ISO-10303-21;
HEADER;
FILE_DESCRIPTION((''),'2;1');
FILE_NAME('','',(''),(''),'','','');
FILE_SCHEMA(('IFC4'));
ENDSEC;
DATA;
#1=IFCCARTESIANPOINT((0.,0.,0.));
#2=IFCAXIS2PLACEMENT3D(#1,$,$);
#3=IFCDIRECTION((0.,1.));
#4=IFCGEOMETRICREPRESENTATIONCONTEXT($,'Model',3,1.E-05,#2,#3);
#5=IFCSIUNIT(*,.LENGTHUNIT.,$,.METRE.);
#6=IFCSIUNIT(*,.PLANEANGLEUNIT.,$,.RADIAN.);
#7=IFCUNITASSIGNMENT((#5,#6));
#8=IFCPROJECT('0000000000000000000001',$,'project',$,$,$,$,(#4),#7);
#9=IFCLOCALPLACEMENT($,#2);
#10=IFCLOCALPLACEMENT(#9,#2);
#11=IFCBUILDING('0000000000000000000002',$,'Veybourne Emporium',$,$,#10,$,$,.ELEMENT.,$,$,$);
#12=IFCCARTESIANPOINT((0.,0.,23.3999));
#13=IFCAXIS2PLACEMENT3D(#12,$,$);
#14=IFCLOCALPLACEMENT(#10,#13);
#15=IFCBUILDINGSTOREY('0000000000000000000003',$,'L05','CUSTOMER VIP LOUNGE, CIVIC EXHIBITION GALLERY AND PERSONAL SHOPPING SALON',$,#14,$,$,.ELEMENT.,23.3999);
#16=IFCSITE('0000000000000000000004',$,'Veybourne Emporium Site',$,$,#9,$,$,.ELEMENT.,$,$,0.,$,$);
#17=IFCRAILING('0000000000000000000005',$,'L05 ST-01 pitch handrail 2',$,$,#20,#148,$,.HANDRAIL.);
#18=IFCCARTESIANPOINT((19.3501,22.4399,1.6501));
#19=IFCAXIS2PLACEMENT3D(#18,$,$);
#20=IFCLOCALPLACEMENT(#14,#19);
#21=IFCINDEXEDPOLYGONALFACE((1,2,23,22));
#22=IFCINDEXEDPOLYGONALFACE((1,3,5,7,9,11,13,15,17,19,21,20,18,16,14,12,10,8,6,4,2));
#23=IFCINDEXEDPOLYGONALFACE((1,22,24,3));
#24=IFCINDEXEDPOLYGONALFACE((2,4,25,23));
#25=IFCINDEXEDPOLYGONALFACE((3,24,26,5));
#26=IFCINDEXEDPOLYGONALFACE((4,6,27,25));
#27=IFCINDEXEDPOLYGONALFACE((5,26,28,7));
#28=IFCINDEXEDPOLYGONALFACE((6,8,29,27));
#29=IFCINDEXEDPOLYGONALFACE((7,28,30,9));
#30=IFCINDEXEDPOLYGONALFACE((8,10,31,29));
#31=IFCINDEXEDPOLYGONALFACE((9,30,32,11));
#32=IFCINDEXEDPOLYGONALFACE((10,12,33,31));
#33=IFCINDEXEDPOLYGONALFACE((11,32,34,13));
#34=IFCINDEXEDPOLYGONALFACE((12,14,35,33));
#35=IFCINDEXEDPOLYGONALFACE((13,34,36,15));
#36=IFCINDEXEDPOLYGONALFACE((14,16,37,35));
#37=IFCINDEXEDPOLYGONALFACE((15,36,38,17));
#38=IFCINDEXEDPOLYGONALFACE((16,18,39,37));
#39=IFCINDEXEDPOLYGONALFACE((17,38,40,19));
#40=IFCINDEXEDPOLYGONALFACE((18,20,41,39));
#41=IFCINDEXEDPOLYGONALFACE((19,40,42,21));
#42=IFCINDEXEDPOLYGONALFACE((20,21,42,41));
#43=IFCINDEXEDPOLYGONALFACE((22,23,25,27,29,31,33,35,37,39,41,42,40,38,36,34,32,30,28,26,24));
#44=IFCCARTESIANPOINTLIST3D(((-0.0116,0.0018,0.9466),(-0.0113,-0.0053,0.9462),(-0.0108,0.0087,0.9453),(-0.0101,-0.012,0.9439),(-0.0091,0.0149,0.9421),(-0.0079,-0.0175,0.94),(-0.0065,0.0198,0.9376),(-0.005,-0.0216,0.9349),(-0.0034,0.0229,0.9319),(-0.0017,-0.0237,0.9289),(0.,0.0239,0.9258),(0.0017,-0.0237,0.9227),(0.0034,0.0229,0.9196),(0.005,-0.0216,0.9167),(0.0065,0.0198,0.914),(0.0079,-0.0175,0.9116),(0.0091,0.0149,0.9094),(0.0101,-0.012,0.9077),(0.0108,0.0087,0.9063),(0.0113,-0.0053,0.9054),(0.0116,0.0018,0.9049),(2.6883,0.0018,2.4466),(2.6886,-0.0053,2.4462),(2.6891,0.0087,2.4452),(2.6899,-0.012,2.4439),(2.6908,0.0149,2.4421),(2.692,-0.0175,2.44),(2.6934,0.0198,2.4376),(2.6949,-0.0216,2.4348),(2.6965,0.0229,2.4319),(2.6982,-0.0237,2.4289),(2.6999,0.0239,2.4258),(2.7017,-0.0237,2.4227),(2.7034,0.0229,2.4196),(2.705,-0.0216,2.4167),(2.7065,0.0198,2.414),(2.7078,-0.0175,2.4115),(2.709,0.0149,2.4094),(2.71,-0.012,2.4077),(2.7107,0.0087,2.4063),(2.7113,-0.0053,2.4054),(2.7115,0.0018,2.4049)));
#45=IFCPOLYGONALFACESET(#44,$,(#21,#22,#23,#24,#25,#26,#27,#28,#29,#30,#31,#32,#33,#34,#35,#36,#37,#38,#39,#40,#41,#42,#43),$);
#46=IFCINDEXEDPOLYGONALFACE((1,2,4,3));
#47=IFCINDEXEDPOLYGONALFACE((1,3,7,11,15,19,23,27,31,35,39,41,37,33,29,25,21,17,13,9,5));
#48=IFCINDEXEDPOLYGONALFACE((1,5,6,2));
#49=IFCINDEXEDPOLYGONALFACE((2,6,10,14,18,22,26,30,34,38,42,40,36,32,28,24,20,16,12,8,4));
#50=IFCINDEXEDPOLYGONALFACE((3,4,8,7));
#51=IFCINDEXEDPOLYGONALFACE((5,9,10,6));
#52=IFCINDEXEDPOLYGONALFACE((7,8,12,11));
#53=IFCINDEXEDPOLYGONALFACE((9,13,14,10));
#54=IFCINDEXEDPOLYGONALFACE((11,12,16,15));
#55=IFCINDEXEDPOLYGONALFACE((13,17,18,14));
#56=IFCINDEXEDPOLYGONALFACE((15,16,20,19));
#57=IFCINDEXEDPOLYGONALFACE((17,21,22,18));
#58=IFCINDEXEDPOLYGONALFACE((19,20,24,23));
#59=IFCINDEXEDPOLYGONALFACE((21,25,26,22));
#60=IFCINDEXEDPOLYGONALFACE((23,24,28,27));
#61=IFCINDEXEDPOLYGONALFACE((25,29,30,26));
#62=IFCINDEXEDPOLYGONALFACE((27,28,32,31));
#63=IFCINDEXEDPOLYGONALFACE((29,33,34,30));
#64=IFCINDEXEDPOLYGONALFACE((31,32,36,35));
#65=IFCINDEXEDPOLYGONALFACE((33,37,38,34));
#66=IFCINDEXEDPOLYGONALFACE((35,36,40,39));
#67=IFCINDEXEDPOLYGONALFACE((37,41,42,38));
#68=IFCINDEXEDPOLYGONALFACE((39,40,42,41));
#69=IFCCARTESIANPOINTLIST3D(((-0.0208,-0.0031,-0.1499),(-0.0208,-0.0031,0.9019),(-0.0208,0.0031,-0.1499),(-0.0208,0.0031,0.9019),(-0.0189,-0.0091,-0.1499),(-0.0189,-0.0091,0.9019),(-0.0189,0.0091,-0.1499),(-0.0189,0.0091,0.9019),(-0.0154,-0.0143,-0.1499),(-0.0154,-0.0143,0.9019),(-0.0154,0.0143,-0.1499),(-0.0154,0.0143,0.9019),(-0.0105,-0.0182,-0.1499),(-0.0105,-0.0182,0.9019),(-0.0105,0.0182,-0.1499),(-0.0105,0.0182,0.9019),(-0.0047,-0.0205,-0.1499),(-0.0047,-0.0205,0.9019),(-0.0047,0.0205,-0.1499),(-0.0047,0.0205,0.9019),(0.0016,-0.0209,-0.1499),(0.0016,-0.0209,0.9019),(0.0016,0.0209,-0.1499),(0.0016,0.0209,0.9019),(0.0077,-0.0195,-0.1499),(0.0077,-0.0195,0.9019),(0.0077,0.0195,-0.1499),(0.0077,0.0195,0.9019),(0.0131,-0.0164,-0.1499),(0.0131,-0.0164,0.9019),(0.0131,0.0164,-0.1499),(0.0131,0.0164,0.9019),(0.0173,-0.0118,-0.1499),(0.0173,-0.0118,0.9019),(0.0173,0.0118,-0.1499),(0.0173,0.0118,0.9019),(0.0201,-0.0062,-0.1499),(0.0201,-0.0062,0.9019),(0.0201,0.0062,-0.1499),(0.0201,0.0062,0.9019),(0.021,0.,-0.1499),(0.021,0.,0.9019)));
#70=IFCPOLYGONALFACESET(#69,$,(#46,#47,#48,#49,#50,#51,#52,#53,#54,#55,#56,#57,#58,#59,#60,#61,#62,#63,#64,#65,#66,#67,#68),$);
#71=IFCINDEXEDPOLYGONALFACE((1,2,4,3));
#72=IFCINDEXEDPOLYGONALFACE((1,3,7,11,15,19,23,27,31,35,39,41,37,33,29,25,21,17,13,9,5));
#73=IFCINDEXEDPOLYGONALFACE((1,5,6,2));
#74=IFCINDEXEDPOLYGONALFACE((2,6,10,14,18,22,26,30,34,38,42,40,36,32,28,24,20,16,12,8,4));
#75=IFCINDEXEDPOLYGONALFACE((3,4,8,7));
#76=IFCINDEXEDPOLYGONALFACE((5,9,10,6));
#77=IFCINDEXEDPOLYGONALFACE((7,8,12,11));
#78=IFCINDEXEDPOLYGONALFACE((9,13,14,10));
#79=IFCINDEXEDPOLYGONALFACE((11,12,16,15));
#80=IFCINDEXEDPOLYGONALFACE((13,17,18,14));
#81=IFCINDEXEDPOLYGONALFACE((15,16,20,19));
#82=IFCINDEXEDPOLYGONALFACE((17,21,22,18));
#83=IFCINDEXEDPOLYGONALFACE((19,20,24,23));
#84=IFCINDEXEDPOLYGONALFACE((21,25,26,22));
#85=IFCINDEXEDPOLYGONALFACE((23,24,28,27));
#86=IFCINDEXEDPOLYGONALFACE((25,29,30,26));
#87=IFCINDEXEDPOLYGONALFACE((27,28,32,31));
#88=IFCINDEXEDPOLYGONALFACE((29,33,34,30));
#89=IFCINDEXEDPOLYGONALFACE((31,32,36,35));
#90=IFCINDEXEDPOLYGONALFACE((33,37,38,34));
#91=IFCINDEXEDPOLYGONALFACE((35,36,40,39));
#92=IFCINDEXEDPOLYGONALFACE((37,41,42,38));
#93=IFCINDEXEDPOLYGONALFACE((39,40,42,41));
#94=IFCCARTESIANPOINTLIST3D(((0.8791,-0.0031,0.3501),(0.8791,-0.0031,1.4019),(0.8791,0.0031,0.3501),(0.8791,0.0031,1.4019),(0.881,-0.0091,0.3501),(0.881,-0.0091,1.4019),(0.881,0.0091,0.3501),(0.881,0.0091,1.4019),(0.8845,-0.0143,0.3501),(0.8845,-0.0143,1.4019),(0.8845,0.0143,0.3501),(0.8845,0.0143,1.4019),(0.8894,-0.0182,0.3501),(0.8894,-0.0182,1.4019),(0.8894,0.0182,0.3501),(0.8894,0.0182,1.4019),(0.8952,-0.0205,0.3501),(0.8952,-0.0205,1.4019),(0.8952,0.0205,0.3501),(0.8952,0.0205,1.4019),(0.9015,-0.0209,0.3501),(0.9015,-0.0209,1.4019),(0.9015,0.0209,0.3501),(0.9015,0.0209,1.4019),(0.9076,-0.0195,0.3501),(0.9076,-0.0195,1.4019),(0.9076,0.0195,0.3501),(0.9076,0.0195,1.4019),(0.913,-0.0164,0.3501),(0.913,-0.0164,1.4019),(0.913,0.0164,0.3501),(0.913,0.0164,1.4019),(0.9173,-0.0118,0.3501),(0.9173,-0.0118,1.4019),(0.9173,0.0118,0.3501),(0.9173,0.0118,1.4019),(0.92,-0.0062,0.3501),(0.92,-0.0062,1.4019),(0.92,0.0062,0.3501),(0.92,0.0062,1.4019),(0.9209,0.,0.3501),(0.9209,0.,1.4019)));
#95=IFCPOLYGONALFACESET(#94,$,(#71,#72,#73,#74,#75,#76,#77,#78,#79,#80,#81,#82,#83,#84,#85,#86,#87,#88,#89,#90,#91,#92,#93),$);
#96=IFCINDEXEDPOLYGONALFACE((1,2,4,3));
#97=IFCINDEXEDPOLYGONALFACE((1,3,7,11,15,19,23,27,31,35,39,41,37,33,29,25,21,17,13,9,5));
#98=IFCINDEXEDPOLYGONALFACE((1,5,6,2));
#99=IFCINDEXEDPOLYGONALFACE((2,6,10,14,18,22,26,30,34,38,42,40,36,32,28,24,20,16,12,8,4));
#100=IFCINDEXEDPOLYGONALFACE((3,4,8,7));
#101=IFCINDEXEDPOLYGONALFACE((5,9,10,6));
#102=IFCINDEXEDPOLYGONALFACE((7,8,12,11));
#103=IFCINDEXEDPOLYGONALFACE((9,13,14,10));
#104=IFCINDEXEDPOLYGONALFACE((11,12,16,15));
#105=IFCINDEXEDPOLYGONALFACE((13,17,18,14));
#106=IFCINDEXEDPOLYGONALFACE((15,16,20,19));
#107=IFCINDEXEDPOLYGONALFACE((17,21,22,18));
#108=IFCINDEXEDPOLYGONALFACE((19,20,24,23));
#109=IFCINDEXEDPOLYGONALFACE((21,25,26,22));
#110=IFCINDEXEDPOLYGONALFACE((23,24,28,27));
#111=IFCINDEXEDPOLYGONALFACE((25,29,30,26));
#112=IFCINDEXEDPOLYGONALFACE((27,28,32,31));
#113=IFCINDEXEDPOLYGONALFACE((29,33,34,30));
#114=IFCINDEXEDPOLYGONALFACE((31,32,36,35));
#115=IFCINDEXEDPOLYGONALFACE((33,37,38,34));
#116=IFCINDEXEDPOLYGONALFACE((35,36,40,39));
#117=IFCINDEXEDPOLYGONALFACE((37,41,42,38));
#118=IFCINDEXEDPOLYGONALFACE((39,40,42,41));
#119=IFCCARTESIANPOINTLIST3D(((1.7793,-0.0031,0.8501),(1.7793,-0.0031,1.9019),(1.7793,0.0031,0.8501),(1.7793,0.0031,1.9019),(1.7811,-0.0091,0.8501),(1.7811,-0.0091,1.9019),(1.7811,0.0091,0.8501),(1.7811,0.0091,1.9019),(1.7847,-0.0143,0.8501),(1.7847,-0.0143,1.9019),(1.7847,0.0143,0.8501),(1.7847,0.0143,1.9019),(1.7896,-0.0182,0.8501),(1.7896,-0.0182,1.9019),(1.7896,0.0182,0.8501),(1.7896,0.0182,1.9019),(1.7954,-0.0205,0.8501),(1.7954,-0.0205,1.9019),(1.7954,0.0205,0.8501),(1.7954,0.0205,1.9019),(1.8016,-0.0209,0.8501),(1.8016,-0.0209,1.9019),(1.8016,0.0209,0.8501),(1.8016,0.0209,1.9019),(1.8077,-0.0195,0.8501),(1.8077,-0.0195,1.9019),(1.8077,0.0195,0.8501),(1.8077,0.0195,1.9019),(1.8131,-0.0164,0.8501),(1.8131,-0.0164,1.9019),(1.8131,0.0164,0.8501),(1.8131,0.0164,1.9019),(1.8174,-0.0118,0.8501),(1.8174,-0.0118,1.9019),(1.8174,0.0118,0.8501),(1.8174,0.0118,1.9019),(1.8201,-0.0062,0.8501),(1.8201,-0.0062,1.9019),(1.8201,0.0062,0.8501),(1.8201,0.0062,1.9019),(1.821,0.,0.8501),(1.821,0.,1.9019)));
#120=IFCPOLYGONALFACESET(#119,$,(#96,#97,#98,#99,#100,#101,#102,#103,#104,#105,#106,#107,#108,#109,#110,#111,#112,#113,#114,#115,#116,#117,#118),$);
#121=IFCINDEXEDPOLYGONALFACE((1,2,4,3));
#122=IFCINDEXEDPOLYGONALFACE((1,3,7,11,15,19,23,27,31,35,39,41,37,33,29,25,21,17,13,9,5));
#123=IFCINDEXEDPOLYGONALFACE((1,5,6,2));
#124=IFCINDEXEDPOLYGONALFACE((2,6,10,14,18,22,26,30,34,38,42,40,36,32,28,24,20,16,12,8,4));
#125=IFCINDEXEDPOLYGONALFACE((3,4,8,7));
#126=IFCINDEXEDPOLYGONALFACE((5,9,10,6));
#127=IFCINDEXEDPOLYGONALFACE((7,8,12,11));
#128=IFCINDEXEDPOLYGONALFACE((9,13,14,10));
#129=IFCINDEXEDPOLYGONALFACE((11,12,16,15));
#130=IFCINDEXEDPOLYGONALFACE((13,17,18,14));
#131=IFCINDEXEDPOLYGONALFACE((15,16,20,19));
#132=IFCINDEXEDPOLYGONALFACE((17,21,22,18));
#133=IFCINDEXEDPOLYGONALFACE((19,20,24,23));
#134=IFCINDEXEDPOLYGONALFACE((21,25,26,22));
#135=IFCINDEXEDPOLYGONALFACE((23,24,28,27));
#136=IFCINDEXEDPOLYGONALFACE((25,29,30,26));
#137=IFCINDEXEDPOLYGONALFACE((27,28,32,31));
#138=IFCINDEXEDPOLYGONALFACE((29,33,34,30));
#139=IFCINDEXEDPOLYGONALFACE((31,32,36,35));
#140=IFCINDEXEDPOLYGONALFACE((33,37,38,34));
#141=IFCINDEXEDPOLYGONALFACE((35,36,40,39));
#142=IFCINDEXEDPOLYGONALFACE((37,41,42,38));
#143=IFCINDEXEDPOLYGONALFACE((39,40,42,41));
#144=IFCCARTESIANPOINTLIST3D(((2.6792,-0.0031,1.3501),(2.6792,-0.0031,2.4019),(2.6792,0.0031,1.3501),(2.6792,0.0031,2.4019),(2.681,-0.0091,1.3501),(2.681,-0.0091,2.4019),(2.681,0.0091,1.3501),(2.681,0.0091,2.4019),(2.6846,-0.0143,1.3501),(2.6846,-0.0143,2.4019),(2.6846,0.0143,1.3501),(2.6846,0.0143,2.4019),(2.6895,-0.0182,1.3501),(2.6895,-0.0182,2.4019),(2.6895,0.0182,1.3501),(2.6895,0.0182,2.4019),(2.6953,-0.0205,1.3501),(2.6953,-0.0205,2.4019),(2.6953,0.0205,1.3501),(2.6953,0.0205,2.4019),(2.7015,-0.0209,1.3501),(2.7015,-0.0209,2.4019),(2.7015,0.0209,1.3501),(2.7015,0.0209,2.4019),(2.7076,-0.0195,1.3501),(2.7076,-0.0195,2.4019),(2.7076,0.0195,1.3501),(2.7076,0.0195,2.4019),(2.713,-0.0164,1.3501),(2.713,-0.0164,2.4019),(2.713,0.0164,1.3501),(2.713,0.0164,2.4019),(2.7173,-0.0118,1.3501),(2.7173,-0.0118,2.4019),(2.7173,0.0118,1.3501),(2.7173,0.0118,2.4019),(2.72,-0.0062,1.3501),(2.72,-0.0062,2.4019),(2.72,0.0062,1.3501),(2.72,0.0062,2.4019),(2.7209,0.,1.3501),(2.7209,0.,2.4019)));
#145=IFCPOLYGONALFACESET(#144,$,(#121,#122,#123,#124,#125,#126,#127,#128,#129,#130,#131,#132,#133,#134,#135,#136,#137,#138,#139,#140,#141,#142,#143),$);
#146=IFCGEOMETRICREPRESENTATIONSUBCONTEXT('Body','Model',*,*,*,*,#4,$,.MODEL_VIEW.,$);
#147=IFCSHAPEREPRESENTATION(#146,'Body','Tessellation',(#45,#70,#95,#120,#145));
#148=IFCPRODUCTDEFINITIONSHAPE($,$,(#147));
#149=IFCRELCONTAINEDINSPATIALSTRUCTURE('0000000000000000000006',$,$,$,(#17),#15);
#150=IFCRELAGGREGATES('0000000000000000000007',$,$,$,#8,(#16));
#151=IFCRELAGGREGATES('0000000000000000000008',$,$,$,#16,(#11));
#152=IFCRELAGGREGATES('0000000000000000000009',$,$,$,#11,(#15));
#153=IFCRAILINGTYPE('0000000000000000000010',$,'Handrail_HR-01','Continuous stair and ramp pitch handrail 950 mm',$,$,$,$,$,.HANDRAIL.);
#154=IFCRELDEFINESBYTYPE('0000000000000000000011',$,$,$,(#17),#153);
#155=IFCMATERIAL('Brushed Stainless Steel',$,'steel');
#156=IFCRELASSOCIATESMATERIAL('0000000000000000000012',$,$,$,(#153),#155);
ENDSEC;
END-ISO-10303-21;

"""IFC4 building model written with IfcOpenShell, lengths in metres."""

from ifc_helpers import new_model, si_unit, direction, frame, origin, origin_2d, place, context, subcontext, project, spatial, circle, extrude, material, type_object, element, save


model = new_model("IFC4")

# Units and contexts
model_context = context("Model", 3, precision=1e-05, world=origin(), true_north=direction((0.0, 1.0)))
body_context = subcontext(model_context, "Body", "Model", "MODEL_VIEW")
ifc_project = project(units=[si_unit("LENGTHUNIT", "METRE"), si_unit("PLANEANGLEUNIT", "RADIAN")], contexts=[model_context])

# Site, building, storey
site_placement = place(None, origin())
site = spatial("IfcSite", under=ifc_project, at=site_placement, Name="Veybourne Emporium Site", CompositionType="ELEMENT", RefElevation=0.0)
building_placement = place(site_placement, origin())
building = spatial("IfcBuilding", under=site, at=building_placement, Name="Veybourne Emporium", CompositionType="ELEMENT")
storey_placement = place(building_placement, frame((0.0, 0.0, 23.3999)))
storey = spatial("IfcBuildingStorey", under=building, at=storey_placement, Name="L05", Description="CUSTOMER VIP LOUNGE, CIVIC EXHIBITION GALLERY AND PERSONAL SHOPPING SALON", CompositionType="ELEMENT", Elevation=23.3999)

# Railing
ifc_material_1 = material(Name="Brushed Stainless Steel", Category="steel")
railing_type_1 = type_object("IfcRailingType", Name="Handrail_HR-01", Description="Continuous stair and ramp pitch handrail 950 mm", PredefinedType="HANDRAIL", material=ifc_material_1)
railing_1_placement = place(storey_placement, frame((19.3501, 22.4399, 1.6501)))
element("IfcRailing", 1, at=railing_1_placement, inside=storey, type_object=railing_type_1, Name="L05 ST-01 pitch handrail 2", PredefinedType="HANDRAIL", context=body_context, shape_type="SweptSolid", body=[
    extrude(circle(Radius=0.0239, at=origin_2d()), frame((0.0, 0.0, 0.9258), z_axis=(0.874154, 0.0, 0.48565), x_axis=(0.0, 1.0, 0.0)), (0.0, 0.0, 1.0), 3.0886),
    extrude(circle(Radius=0.021, at=origin_2d()), frame((0.0, 0.0, -0.1499)), (0.0, 0.0, 1.0), 1.0518),
    extrude(circle(Radius=0.021, at=origin_2d()), frame((0.8999, 0.0, 0.3501)), (0.0, 0.0, 1.0), 1.0518),
    extrude(circle(Radius=0.021, at=origin_2d()), frame((1.8, 0.0, 0.8501)), (0.0, 0.0, 1.0), 1.0518),
    extrude(circle(Radius=0.021, at=origin_2d()), frame((2.7, 0.0, 1.3501)), (0.0, 0.0, 1.0), 1.0518),
])

save(model, "model.ifc")
